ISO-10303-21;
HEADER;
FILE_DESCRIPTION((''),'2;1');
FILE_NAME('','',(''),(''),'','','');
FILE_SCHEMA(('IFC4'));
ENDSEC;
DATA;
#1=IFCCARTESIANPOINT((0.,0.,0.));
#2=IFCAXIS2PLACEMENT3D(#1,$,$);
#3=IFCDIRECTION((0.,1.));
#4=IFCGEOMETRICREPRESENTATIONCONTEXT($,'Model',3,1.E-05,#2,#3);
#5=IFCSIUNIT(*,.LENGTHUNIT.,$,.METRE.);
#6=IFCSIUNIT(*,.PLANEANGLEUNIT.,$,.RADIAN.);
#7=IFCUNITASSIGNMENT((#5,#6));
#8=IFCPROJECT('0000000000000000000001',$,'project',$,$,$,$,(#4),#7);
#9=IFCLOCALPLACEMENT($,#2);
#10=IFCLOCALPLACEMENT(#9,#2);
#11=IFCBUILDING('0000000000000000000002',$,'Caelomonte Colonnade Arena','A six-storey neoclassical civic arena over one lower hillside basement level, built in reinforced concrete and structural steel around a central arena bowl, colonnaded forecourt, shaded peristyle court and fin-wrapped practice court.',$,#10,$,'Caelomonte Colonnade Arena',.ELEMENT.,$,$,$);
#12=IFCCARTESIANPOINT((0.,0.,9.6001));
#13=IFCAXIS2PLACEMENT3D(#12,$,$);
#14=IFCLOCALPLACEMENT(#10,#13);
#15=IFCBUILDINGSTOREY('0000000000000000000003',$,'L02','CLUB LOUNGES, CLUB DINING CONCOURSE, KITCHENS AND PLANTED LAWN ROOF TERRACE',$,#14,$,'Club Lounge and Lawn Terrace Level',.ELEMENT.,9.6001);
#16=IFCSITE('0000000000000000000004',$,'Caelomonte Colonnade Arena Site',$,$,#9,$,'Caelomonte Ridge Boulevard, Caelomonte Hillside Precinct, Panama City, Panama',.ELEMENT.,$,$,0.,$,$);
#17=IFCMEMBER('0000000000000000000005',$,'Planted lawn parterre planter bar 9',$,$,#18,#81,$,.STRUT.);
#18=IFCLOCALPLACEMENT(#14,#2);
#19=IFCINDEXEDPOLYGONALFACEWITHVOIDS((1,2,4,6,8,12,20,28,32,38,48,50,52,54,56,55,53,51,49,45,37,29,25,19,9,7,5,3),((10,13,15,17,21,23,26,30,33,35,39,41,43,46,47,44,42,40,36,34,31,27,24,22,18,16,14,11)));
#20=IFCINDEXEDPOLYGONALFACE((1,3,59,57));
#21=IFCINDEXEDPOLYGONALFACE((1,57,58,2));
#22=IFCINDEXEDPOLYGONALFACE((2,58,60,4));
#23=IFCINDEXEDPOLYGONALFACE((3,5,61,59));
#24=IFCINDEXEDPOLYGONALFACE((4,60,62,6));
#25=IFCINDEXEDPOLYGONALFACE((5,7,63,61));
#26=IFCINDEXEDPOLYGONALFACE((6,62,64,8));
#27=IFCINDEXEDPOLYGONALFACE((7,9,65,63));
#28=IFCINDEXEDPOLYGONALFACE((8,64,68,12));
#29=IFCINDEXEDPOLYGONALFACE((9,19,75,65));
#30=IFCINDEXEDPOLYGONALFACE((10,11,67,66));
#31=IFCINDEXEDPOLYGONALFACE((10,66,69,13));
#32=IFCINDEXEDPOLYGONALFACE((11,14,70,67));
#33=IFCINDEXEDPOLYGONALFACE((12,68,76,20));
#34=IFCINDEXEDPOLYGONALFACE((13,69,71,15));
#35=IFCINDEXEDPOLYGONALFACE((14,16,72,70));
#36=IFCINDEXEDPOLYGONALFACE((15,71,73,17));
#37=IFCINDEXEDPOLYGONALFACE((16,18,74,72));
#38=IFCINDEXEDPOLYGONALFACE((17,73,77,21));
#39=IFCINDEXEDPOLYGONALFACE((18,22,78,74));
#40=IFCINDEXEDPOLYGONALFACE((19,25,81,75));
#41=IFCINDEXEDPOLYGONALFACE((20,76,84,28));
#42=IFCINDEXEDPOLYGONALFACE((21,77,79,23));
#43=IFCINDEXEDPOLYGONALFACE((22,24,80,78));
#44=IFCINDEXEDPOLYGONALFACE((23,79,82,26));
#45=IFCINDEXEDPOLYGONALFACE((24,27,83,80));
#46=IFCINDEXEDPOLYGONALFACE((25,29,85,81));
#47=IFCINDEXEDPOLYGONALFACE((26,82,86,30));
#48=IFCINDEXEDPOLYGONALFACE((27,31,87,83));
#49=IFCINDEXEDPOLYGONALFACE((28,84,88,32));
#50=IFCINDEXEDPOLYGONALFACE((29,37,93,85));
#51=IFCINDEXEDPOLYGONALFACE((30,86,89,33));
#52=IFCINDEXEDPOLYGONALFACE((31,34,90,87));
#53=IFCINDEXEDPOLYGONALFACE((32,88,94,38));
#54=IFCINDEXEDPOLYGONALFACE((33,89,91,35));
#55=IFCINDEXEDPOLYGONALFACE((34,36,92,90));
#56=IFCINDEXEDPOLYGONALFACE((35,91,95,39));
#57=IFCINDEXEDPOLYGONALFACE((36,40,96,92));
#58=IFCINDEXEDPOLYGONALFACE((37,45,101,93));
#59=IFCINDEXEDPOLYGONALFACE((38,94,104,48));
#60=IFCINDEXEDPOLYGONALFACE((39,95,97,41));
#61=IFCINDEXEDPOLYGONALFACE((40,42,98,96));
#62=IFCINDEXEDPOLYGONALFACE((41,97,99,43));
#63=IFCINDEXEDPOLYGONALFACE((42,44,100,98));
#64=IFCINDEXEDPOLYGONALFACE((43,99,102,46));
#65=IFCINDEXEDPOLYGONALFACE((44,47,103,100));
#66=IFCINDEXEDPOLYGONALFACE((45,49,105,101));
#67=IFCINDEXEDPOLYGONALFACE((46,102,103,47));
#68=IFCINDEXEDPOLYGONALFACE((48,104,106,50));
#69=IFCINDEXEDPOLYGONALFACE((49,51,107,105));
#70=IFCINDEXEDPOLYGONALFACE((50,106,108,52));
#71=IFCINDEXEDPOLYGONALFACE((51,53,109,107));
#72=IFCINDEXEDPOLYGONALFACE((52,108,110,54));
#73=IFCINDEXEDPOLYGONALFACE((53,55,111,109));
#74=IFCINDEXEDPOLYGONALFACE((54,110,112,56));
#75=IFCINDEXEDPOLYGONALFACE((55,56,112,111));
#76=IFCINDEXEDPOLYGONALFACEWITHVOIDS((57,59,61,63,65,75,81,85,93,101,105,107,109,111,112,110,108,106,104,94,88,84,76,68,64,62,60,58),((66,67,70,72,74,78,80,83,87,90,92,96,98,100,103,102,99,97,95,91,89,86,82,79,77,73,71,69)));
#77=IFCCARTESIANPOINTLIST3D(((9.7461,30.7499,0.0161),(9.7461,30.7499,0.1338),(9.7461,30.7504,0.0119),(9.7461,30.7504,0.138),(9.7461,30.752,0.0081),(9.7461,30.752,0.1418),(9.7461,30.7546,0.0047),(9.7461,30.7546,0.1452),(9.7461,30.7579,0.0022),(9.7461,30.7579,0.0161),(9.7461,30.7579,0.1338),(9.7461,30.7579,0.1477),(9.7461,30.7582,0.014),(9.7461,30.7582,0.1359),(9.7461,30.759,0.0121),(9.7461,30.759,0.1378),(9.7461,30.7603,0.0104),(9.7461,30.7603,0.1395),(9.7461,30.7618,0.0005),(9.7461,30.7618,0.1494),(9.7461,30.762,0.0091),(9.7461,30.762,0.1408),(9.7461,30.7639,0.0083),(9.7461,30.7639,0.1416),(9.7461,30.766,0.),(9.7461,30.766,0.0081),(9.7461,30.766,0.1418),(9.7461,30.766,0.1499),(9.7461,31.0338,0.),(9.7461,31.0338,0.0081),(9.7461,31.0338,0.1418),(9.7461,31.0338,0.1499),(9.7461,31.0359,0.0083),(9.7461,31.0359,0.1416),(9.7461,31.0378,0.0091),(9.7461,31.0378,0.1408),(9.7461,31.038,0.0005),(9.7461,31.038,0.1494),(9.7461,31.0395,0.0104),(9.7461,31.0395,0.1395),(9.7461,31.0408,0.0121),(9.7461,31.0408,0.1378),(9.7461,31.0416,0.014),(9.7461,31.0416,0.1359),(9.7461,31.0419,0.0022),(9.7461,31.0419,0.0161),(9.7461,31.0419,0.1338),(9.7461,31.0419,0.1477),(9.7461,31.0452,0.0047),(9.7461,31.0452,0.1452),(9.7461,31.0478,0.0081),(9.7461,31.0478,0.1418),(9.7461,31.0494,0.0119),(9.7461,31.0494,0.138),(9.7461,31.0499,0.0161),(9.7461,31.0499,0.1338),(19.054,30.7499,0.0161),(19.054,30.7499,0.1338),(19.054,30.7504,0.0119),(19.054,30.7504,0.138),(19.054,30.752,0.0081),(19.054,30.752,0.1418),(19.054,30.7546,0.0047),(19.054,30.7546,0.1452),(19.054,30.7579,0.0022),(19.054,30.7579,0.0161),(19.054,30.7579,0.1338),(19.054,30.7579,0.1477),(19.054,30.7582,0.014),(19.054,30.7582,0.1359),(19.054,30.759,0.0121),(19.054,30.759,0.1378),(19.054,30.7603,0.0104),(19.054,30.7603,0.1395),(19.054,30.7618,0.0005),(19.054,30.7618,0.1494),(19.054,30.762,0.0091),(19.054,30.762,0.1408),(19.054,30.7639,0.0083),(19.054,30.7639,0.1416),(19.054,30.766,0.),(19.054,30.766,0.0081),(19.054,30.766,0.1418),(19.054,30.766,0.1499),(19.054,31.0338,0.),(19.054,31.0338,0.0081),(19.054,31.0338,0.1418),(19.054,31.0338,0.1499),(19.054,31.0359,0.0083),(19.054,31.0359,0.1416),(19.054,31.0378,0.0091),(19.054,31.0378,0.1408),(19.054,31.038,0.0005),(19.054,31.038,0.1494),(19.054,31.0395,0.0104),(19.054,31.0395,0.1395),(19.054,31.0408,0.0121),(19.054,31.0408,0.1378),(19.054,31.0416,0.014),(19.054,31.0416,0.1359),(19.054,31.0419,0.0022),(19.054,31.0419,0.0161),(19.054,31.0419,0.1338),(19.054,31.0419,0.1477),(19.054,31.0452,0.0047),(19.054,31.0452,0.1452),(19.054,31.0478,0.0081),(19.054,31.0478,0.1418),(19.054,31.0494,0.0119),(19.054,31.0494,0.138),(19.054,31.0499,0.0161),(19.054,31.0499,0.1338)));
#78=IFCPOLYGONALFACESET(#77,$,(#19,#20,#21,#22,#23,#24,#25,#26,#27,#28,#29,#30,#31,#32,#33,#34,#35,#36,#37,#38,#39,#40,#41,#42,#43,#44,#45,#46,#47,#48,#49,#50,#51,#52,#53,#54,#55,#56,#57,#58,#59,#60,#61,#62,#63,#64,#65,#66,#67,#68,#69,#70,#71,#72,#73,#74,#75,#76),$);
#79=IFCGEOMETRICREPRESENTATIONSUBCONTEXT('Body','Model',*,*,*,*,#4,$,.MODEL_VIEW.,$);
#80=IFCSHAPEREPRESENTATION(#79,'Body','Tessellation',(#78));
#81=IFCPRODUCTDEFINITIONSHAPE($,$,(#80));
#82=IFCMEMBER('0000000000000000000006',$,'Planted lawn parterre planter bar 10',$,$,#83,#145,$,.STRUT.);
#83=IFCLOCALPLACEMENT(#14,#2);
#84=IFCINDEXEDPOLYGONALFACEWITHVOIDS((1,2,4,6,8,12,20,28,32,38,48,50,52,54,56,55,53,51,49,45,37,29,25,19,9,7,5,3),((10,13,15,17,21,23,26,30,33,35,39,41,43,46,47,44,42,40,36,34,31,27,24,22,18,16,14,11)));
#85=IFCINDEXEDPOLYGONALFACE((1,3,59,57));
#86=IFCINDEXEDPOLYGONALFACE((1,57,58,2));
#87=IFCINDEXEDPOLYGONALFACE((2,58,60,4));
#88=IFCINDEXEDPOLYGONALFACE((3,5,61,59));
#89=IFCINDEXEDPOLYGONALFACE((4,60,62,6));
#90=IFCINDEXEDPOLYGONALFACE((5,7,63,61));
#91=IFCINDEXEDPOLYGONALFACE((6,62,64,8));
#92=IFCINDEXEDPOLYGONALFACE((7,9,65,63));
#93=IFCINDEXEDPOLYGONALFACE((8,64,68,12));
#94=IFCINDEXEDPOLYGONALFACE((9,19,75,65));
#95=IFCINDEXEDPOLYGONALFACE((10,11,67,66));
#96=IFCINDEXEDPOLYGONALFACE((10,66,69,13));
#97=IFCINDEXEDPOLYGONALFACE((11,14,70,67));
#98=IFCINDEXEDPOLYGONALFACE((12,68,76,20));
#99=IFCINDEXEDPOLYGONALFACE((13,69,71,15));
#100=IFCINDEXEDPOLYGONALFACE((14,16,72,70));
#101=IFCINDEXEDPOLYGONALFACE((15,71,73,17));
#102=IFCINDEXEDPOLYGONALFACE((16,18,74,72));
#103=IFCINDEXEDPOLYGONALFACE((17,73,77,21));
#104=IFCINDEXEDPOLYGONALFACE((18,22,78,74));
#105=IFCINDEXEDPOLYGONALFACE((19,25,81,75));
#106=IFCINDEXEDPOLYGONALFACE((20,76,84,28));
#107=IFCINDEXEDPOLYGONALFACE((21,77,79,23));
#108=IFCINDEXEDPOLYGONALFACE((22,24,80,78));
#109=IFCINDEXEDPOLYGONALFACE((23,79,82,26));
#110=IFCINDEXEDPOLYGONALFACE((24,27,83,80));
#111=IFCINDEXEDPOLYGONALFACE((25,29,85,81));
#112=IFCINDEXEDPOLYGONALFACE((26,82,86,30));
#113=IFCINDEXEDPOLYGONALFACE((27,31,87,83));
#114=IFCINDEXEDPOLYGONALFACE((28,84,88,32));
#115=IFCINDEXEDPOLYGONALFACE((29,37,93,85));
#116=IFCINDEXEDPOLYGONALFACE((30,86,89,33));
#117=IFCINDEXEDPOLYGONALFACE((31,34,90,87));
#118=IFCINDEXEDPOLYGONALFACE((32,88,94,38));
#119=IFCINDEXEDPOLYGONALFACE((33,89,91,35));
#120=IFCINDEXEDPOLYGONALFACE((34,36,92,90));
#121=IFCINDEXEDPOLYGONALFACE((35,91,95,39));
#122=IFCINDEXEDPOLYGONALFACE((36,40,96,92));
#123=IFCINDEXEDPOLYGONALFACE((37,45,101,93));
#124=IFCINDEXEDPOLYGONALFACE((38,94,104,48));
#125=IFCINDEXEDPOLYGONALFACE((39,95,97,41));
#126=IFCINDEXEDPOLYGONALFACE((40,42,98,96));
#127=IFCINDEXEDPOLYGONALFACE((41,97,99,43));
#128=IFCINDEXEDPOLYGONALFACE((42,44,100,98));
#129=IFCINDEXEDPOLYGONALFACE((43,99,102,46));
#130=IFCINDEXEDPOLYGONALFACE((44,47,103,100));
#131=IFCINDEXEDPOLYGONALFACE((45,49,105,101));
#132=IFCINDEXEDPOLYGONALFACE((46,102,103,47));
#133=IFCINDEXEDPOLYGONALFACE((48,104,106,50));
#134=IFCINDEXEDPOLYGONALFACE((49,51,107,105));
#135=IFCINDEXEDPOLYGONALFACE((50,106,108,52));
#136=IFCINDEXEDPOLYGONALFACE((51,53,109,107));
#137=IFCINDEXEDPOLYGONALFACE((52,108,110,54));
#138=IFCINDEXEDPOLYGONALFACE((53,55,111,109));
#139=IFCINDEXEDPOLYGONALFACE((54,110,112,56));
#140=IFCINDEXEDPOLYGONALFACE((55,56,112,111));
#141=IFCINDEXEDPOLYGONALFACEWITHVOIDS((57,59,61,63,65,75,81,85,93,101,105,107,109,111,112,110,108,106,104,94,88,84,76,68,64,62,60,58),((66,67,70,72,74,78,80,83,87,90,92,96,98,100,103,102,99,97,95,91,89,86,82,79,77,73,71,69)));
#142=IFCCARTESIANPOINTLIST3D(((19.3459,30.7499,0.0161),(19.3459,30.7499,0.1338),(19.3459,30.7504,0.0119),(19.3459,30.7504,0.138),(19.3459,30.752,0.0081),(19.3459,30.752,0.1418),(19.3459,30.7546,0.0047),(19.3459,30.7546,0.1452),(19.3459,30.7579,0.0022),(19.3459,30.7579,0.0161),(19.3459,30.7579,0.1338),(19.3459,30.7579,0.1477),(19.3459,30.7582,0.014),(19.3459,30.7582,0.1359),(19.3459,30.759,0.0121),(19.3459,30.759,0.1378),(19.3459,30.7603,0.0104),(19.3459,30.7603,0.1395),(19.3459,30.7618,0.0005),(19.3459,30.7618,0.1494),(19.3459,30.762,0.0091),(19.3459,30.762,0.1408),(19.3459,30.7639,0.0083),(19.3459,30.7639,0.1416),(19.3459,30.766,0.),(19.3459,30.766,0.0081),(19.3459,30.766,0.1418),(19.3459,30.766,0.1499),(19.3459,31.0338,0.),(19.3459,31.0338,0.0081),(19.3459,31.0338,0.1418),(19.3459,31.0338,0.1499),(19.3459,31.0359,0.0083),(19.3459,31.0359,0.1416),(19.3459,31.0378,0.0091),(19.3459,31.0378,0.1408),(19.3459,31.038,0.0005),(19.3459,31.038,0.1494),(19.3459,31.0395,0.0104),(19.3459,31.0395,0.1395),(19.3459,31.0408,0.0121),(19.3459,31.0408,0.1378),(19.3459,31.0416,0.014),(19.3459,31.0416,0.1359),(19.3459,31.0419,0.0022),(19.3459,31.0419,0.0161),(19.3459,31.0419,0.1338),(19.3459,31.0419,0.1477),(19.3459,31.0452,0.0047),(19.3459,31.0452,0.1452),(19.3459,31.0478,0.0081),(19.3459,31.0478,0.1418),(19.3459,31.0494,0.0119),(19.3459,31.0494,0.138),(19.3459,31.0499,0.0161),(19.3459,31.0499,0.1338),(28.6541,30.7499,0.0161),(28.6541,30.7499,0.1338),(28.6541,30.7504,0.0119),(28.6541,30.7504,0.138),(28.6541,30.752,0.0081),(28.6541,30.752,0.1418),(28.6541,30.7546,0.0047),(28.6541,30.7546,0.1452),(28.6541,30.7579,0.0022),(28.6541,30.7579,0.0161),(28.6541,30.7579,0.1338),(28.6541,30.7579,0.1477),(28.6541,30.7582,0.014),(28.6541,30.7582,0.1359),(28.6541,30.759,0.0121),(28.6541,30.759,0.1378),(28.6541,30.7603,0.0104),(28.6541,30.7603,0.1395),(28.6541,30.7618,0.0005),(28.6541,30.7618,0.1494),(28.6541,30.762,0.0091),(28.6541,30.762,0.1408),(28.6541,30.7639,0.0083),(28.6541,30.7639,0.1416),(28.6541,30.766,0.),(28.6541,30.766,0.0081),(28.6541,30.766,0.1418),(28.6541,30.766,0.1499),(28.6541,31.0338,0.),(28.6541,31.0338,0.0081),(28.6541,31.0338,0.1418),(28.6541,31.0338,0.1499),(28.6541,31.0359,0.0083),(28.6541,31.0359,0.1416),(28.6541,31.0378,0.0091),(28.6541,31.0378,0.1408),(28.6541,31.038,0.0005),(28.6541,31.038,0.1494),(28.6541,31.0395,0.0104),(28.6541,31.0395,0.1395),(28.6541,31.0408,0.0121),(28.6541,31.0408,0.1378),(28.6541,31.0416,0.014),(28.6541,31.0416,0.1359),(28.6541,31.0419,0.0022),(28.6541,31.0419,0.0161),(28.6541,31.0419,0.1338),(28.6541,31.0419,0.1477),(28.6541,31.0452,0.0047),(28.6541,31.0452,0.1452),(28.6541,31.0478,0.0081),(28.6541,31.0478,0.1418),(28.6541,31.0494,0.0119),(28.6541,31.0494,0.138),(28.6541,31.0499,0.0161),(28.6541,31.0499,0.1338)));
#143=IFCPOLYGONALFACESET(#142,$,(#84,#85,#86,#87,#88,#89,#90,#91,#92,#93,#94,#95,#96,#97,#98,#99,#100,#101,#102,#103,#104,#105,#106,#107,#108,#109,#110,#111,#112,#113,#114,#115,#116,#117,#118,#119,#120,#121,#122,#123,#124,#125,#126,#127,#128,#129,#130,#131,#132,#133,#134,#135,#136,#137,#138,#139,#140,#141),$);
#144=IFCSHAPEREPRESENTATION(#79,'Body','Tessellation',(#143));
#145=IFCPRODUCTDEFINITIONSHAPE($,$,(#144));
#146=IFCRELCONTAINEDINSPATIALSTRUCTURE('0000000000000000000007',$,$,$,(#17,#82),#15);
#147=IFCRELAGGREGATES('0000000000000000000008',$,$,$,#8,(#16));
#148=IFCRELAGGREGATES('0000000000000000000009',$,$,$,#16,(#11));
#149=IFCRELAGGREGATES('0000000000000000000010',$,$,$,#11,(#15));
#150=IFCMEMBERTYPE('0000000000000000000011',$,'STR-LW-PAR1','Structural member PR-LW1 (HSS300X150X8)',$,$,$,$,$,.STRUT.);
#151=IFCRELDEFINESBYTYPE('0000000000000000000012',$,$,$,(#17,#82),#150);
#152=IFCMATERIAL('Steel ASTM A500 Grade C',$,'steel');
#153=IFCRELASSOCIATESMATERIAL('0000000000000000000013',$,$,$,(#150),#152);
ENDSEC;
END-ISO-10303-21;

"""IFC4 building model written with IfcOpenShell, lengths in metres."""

from ifc_helpers import new_model, si_unit, direction, frame, origin, origin_2d, place, context, subcontext, project, spatial, hollow_rectangle, extrude, material, material_profile, profile_set, type_object, element, save


model = new_model("IFC4")

# Units and contexts
model_context = context("Model", 3, precision=1e-05, world=origin(), true_north=direction((0.0, 1.0)))
body_context = subcontext(model_context, "Body", "Model", "MODEL_VIEW")
ifc_project = project(units=[si_unit("LENGTHUNIT", "METRE"), si_unit("PLANEANGLEUNIT", "RADIAN")], contexts=[model_context])

# Site, building, storey
site_placement = place(None, origin())
site = spatial("IfcSite", under=ifc_project, at=site_placement, Name="Caelomonte Colonnade Arena Site", LongName="Caelomonte Ridge Boulevard, Caelomonte Hillside Precinct, Panama City, Panama", CompositionType="ELEMENT", RefElevation=0.0)
building_placement = place(site_placement, origin())
building = spatial("IfcBuilding", under=site, at=building_placement, Name="Caelomonte Colonnade Arena", Description="A six-storey neoclassical civic arena over one lower hillside basement level, built in reinforced concrete and structural steel around a central arena bowl, colonnaded forecourt, shaded peristyle court and fin-wrapped practice court.", LongName="Caelomonte Colonnade Arena", CompositionType="ELEMENT")
storey_placement = place(building_placement, frame((0.0, 0.0, 9.6001)))
storey = spatial("IfcBuildingStorey", under=building, at=storey_placement, Name="L02", Description="CLUB LOUNGES, CLUB DINING CONCOURSE, KITCHENS AND PLANTED LAWN ROOF TERRACE", LongName="Club Lounge and Lawn Terrace Level", CompositionType="ELEMENT", Elevation=9.6001)

# Members
ifc_material_1 = material(Name="Steel ASTM A500 Grade C", Category="steel")
ifc_material_profile_1 = material_profile(ifc_material_1, hollow_rectangle(XDim=0.3, YDim=0.1499, WallThickness=0.0081, InnerFilletRadius=0.0081, OuterFilletRadius=0.0161, at=origin_2d()), Name="HSS300X150X8")
ifc_profile_set_1 = profile_set([ifc_material_profile_1], Name="Steel ASTM A500 Grade C")
member_type = type_object("IfcMemberType", Name="STR-LW-PAR1", Description="Structural member PR-LW1 (HSS300X150X8)", PredefinedType="STRUT", material=ifc_profile_set_1)
member_1_placement = place(storey_placement, frame((9.7461, 30.8999, 0.075), z_axis=(1.0, 0.0, 0.0), x_axis=(0.0, 1.0, 0.0)))
element("IfcMember", 1, at=member_1_placement, inside=storey, type_object=member_type, Name="Planted lawn parterre planter bar 9", PredefinedType="STRUT", context=body_context, shape_type="SweptSolid", body=[
    extrude(hollow_rectangle(XDim=0.3, YDim=0.1499, WallThickness=0.0081, InnerFilletRadius=0.0081, OuterFilletRadius=0.0161, at=origin_2d()), origin(), (0.0, 0.0, 1.0), 9.3079),
])
member_2_placement = place(storey_placement, frame((19.3459, 30.8999, 0.075), z_axis=(1.0, 0.0, 0.0), x_axis=(0.0, 1.0, 0.0)))
element("IfcMember", 2, at=member_2_placement, inside=storey, type_object=member_type, Name="Planted lawn parterre planter bar 10", PredefinedType="STRUT", context=body_context, shape_type="SweptSolid", body=[
    extrude(hollow_rectangle(XDim=0.3, YDim=0.1499, WallThickness=0.0081, InnerFilletRadius=0.0081, OuterFilletRadius=0.0161, at=origin_2d()), origin(), (0.0, 0.0, 1.0), 9.3081),
])

save(model, "model.ifc")
